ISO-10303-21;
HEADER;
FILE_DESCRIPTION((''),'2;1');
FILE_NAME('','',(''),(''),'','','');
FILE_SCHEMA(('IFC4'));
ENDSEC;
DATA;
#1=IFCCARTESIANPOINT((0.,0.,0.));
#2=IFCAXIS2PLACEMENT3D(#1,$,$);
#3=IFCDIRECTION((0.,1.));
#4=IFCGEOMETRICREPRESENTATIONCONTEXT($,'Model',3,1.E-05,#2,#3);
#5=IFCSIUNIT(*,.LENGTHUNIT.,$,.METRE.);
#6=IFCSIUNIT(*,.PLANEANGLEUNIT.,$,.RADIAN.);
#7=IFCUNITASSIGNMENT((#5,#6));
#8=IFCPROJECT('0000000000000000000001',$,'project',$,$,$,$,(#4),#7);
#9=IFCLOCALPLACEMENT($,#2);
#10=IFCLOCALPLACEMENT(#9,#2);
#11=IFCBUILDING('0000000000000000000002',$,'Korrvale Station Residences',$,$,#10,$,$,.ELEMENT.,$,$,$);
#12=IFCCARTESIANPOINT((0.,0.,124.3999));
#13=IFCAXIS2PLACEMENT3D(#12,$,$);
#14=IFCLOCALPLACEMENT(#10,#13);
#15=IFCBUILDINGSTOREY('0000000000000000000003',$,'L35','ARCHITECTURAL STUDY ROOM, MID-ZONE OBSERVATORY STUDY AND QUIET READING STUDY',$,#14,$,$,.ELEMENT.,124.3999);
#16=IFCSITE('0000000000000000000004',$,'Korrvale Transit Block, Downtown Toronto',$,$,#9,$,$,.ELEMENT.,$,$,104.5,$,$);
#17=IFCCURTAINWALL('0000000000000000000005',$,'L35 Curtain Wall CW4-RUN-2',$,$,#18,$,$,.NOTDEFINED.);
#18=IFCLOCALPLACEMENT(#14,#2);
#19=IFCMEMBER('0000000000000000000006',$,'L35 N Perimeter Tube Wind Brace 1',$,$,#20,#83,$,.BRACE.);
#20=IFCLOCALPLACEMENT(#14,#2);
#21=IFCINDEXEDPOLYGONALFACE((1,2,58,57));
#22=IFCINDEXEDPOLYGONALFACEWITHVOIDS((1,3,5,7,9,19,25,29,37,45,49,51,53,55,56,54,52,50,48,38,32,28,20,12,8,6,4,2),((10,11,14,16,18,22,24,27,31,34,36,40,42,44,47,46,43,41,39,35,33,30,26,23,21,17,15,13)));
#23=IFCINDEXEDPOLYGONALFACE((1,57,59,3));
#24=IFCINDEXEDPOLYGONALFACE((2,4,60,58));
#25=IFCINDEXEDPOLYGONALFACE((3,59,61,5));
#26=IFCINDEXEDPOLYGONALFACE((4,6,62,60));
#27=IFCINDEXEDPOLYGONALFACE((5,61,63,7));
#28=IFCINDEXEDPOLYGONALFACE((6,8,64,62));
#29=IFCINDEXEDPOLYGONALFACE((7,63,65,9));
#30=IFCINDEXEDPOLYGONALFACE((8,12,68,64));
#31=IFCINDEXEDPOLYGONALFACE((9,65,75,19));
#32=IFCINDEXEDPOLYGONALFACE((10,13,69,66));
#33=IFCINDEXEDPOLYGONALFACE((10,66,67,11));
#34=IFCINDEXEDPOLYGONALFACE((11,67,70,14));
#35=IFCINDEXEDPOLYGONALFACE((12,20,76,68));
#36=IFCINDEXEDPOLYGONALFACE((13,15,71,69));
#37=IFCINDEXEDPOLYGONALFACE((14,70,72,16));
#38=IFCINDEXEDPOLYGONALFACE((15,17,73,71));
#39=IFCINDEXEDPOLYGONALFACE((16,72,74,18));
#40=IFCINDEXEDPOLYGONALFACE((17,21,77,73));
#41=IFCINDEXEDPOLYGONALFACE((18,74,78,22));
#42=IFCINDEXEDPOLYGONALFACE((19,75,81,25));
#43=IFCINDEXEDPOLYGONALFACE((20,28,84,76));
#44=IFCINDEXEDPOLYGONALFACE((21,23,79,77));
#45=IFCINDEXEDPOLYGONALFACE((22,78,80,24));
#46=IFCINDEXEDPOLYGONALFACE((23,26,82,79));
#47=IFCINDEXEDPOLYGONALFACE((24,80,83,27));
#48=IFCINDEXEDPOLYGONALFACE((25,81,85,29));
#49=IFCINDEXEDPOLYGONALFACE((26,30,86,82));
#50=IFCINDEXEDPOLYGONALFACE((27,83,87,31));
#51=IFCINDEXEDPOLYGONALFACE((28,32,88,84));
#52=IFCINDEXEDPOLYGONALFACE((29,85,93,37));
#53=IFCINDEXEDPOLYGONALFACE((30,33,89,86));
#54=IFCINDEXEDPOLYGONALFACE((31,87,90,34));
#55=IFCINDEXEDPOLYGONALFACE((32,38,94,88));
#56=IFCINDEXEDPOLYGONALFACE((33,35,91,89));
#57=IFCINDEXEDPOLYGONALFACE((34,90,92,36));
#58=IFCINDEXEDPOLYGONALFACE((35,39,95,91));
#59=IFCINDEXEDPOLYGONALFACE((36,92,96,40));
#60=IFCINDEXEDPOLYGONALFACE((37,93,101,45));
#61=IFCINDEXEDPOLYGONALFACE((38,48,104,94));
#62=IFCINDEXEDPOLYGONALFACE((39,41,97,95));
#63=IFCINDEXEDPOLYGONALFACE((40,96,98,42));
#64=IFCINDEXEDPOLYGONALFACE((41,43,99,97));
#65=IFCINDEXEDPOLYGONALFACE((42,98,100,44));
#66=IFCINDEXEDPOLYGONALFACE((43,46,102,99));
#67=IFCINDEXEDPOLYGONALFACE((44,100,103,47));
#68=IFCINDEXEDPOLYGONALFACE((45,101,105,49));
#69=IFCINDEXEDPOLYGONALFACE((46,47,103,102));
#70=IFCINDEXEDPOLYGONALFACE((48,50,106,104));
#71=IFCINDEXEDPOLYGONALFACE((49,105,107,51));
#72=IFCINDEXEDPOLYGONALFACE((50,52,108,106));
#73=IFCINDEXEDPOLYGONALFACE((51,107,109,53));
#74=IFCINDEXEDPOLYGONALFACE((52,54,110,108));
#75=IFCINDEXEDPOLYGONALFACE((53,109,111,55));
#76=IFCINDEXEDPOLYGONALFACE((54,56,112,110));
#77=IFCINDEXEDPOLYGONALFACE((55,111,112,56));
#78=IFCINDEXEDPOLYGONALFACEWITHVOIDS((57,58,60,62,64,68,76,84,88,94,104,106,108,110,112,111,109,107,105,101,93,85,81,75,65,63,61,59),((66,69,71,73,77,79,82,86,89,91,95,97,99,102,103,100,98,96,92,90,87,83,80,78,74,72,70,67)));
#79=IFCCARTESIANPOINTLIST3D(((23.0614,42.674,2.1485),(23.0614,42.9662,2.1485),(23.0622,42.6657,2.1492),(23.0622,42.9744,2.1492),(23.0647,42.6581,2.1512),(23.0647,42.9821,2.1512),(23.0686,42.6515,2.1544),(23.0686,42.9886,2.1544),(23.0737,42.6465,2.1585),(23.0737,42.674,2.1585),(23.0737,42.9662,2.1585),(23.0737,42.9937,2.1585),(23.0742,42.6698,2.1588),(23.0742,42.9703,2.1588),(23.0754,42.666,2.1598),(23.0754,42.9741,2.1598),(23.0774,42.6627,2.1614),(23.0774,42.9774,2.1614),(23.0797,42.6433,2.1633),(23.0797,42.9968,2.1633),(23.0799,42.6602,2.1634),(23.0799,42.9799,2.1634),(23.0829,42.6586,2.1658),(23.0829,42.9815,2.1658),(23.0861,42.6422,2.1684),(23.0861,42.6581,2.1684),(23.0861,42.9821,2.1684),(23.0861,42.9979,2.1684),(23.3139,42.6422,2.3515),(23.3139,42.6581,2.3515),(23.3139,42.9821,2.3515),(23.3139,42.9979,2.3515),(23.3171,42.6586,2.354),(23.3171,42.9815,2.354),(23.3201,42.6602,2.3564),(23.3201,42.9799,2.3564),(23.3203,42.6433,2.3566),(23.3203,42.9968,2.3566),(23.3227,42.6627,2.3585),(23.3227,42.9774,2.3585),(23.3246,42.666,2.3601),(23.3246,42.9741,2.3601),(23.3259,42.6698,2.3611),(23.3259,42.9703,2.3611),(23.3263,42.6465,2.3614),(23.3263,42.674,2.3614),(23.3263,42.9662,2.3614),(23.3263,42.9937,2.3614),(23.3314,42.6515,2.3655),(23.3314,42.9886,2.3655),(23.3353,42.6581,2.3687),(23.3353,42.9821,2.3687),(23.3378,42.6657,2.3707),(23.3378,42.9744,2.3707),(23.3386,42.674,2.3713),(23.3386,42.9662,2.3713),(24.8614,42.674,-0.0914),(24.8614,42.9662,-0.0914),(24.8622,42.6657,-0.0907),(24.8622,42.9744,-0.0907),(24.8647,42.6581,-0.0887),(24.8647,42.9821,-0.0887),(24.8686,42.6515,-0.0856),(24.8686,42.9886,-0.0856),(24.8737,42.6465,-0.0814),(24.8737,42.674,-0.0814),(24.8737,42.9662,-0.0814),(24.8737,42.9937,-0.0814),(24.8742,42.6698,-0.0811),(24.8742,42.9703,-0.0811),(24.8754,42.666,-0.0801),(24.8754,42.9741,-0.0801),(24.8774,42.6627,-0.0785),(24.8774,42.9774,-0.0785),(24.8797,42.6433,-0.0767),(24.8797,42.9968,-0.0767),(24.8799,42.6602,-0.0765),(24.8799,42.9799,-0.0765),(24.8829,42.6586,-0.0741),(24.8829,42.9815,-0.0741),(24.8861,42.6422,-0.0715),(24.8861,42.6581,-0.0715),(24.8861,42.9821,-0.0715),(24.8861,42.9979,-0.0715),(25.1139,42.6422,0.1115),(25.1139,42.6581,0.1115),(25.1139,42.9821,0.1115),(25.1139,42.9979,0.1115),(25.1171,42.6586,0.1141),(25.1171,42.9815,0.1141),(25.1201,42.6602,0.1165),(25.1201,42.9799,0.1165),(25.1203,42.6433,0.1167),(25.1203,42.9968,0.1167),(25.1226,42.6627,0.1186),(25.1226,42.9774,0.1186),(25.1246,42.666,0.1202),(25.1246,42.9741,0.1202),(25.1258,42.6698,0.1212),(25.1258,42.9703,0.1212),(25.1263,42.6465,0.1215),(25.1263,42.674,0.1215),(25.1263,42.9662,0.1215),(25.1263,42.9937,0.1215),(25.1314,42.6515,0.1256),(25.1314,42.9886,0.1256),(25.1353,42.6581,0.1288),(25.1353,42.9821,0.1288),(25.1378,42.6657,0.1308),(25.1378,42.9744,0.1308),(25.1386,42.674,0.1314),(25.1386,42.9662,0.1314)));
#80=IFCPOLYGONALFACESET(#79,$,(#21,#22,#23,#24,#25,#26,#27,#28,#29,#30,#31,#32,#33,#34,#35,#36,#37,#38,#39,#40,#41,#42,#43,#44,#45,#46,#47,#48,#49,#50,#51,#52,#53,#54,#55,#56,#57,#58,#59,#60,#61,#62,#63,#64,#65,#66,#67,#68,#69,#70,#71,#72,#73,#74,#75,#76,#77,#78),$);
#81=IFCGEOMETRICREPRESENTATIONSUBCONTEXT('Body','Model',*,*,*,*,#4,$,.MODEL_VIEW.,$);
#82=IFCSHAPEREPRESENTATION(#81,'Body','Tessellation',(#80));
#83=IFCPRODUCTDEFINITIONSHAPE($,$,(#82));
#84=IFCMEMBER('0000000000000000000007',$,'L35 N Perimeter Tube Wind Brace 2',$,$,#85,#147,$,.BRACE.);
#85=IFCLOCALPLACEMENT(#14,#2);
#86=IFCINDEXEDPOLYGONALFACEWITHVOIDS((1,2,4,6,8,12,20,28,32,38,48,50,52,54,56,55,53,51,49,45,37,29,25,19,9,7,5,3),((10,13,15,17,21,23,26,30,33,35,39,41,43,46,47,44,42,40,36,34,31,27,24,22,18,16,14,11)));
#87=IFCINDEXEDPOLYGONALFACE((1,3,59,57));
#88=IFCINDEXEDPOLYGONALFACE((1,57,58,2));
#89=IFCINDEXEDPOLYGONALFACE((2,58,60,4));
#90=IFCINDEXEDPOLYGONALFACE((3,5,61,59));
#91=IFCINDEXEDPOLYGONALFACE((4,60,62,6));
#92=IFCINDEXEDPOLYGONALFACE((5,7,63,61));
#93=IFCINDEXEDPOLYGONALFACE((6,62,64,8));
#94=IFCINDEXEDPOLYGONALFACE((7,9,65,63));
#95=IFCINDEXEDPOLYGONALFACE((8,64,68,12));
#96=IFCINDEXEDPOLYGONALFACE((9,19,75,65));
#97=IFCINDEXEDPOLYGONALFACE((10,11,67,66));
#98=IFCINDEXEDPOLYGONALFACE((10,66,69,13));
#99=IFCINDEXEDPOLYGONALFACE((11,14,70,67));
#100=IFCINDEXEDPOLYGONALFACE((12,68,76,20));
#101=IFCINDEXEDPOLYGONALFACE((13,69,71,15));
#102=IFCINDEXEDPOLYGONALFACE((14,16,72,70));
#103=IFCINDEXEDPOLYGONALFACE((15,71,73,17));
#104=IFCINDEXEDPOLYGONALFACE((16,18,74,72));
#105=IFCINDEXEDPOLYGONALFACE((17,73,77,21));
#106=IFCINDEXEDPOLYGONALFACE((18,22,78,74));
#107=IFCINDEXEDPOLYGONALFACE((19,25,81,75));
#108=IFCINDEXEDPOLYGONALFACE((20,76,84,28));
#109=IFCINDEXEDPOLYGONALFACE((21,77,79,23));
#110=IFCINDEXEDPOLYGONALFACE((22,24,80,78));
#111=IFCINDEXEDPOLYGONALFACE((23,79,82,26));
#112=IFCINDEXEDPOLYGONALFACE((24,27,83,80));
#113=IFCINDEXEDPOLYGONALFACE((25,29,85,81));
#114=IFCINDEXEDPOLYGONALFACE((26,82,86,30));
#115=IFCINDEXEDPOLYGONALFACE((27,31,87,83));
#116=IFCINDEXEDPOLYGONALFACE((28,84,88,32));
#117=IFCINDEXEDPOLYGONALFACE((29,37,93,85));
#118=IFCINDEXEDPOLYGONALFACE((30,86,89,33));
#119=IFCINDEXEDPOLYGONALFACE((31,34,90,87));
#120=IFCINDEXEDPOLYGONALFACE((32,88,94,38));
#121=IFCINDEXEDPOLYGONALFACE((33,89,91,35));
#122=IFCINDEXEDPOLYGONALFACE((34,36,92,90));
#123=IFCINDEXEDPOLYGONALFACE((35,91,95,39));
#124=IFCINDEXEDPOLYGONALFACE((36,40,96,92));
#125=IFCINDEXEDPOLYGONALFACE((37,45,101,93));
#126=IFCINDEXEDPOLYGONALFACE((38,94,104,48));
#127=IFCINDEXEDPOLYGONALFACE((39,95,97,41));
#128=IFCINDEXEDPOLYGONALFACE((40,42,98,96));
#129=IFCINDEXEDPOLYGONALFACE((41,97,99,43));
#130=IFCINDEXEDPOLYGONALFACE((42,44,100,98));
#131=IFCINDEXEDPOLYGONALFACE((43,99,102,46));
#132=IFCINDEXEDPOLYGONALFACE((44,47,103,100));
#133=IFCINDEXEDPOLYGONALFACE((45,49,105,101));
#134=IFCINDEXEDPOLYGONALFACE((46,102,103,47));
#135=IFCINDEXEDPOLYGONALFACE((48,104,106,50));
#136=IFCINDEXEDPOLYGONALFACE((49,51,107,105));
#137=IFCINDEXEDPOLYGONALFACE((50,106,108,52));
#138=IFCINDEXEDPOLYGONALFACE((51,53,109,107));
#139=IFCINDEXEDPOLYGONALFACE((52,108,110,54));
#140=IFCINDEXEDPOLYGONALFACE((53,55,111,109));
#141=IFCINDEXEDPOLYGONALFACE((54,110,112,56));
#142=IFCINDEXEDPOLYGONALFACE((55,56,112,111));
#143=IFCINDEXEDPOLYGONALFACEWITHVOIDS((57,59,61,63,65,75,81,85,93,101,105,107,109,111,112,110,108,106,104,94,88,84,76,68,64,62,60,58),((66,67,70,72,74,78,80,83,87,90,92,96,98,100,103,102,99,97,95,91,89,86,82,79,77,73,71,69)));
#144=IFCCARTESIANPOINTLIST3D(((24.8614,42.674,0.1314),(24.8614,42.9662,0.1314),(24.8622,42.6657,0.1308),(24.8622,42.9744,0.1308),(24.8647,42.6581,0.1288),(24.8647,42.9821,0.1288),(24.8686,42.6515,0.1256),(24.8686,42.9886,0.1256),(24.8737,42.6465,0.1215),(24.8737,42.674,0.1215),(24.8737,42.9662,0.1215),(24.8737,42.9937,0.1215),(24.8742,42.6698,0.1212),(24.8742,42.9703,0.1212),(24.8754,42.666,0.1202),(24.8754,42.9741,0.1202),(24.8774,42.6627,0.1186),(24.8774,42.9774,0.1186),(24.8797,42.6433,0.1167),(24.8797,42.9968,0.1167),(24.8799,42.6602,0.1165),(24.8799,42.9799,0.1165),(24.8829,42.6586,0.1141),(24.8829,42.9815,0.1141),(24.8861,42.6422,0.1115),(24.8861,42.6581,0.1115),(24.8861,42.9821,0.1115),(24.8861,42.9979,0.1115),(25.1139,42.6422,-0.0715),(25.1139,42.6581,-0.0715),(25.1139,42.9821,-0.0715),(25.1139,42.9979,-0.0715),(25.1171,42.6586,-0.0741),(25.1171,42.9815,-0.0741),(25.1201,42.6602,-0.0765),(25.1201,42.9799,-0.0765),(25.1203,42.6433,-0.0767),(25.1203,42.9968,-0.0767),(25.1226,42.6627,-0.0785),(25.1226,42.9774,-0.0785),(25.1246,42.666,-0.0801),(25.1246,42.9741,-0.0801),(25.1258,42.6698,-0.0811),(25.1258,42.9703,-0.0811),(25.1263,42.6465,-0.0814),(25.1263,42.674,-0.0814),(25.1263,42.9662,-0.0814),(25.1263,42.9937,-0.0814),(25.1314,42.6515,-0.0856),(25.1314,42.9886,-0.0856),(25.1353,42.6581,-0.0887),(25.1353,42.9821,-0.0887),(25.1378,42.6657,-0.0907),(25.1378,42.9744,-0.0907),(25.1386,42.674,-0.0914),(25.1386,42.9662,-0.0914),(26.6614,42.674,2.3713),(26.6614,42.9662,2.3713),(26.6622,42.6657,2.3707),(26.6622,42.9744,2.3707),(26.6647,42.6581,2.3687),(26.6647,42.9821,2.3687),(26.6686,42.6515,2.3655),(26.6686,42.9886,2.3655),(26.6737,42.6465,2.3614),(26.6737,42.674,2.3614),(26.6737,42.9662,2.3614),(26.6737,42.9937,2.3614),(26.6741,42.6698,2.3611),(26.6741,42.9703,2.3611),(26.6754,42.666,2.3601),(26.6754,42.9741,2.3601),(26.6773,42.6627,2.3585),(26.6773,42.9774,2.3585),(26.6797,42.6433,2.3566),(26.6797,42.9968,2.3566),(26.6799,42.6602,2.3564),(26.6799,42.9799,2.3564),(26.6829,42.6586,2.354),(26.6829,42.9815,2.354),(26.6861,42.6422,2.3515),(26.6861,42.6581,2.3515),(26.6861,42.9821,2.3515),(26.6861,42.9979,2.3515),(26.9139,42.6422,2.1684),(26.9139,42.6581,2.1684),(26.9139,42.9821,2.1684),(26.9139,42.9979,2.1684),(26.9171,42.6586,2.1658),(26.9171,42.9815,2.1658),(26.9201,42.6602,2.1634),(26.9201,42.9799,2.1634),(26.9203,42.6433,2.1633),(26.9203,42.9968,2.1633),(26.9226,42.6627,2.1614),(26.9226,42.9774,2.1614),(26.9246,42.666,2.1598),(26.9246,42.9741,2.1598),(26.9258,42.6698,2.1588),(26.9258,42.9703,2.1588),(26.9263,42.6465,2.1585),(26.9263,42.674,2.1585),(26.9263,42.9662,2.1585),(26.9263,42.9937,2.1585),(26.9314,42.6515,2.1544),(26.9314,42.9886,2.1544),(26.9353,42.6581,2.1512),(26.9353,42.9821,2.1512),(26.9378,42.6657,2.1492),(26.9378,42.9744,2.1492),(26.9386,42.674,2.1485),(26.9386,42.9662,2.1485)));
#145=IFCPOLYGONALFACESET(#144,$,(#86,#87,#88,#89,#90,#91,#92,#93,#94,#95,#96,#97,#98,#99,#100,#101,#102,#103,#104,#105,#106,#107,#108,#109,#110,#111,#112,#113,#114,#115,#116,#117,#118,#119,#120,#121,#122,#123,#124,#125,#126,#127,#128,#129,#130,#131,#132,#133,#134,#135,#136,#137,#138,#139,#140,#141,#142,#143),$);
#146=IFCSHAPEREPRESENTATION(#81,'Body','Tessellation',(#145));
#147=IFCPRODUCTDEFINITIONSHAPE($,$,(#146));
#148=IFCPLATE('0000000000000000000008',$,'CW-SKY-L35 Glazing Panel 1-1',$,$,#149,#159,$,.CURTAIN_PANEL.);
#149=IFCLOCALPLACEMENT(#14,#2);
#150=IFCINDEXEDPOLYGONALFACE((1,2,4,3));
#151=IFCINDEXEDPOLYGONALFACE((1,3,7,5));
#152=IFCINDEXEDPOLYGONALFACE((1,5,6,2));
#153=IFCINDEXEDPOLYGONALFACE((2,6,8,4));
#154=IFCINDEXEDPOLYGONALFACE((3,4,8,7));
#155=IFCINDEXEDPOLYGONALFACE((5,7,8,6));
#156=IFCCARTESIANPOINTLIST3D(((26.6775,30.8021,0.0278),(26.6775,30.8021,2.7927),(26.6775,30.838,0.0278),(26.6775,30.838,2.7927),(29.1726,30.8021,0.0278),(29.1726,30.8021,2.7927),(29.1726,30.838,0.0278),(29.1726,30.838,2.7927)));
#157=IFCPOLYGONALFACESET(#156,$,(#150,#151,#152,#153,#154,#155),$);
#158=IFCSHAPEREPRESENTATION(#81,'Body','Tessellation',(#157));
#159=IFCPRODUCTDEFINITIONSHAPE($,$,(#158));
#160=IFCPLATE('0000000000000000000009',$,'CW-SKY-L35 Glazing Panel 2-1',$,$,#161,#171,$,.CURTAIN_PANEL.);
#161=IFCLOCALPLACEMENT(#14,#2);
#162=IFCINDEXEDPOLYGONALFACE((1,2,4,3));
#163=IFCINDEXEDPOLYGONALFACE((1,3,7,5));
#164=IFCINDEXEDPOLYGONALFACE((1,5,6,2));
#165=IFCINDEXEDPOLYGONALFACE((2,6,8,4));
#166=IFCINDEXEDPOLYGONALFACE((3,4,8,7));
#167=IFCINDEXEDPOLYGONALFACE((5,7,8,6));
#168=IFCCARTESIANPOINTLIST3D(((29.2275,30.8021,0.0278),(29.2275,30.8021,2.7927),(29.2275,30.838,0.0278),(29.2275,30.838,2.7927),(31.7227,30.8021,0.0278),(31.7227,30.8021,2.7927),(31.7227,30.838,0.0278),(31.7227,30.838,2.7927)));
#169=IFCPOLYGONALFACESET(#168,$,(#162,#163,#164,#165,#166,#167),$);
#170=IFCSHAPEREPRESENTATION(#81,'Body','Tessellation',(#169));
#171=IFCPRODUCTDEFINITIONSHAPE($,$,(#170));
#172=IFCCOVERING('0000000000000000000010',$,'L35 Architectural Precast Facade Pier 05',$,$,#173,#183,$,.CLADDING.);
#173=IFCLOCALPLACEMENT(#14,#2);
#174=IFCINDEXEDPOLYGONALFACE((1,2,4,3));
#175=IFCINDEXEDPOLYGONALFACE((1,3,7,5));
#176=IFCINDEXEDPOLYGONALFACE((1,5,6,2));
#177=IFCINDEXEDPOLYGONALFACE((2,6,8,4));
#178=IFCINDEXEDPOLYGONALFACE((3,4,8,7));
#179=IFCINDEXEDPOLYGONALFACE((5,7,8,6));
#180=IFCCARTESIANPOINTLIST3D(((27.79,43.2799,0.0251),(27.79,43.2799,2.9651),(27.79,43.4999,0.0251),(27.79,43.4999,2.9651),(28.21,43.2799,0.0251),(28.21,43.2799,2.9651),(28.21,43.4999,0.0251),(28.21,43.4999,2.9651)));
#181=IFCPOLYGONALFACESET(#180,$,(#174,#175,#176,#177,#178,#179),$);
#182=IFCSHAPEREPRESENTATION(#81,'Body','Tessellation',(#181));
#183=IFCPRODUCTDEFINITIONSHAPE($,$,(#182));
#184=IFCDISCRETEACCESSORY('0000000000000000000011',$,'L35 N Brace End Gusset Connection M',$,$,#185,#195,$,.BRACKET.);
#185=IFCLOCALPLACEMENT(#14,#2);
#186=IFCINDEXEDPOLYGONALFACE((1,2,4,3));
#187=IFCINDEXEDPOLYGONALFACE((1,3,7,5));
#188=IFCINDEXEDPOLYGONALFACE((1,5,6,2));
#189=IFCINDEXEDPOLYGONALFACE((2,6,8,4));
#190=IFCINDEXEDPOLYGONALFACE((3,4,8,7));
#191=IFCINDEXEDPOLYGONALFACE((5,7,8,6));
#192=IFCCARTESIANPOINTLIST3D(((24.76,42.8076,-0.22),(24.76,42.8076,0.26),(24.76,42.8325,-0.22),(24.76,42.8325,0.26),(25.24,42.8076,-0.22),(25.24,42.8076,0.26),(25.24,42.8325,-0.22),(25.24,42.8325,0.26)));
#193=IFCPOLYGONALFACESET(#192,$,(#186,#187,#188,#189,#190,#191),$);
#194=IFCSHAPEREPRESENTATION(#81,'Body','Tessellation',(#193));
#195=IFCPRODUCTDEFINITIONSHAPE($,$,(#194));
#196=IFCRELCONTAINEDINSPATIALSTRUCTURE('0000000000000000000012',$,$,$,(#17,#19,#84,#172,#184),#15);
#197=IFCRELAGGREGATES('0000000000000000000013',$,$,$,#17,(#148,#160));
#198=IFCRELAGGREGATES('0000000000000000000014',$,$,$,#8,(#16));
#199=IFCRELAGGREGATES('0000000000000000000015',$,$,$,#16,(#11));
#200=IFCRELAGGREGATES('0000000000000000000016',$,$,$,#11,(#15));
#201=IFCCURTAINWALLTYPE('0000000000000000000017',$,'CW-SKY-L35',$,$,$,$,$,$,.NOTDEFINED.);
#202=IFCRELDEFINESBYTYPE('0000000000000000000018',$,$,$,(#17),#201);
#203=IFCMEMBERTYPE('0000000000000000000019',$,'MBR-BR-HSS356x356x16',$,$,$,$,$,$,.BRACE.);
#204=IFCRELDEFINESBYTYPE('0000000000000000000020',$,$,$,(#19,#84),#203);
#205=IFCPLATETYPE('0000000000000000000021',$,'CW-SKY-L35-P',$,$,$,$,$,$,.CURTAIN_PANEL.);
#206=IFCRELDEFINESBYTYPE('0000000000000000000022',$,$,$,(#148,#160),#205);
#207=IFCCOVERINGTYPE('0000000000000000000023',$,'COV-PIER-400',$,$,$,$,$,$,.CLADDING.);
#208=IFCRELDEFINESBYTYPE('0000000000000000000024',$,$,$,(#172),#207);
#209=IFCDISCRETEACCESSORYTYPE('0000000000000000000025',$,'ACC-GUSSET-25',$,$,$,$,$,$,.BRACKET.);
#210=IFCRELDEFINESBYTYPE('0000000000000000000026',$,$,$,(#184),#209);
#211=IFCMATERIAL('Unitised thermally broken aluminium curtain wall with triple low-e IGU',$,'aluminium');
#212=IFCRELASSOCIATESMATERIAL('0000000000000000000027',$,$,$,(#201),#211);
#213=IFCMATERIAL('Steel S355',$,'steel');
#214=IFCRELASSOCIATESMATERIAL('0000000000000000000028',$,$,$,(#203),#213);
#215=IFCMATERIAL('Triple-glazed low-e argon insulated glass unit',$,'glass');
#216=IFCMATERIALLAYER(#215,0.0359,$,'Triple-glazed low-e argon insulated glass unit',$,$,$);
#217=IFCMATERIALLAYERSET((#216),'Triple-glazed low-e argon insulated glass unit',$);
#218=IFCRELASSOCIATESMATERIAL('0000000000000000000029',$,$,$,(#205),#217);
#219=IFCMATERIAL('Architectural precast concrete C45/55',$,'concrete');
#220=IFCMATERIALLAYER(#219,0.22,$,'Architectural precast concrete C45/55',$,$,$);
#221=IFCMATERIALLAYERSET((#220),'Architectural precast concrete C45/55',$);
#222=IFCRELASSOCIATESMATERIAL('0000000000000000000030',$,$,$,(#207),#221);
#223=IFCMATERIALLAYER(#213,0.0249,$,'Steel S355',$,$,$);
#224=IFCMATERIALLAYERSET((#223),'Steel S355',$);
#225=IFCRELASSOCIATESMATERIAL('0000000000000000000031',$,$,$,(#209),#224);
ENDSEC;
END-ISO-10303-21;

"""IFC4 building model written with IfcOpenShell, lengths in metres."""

from ifc_helpers import new_model, si_unit, direction, frame, origin, origin_2d, place, context, subcontext, project, spatial, rectangle, hollow_rectangle, extrude, material, layer, layer_set, material_profile, profile_set, type_object, element, aggregate, save


model = new_model("IFC4")

# Units and contexts
model_context = context("Model", 3, precision=1e-05, world=origin(), true_north=direction((0.0, 1.0)))
body_context = subcontext(model_context, "Body", "Model", "MODEL_VIEW")
ifc_project = project(units=[si_unit("LENGTHUNIT", "METRE"), si_unit("PLANEANGLEUNIT", "RADIAN")], contexts=[model_context])

# Site, building, storey
site_placement = place(None, origin())
site = spatial("IfcSite", under=ifc_project, at=site_placement, Name="Korrvale Transit Block, Downtown Toronto", CompositionType="ELEMENT", RefElevation=104.5)
building_placement = place(site_placement, origin())
building = spatial("IfcBuilding", under=site, at=building_placement, Name="Korrvale Station Residences", CompositionType="ELEMENT")
storey_placement = place(building_placement, frame((0.0, 0.0, 124.3999)))
storey = spatial("IfcBuildingStorey", under=building, at=storey_placement, Name="L35", Description="ARCHITECTURAL STUDY ROOM, MID-ZONE OBSERVATORY STUDY AND QUIET READING STUDY", CompositionType="ELEMENT", Elevation=124.3999)

# Curtain wall
ifc_material_1 = material(Name="Unitised thermally broken aluminium curtain wall with triple low-e IGU", Category="aluminium")
curtain_wall_type = type_object("IfcCurtainWallType", Name="CW-SKY-L35", PredefinedType="NOTDEFINED", material=ifc_material_1)
curtain_wall_placement = place(storey_placement, origin())
curtain_wall = element("IfcCurtainWall", 1, at=curtain_wall_placement, inside=storey, type_object=curtain_wall_type, Name="L35 Curtain Wall CW4-RUN-2", PredefinedType="NOTDEFINED")

# Members
ifc_material_2 = material(Name="Steel S355", Category="steel")
ifc_material_profile_1 = material_profile(ifc_material_2, hollow_rectangle(XDim=0.3557, YDim=0.3557, WallThickness=0.0159, InnerFilletRadius=0.0159, OuterFilletRadius=0.0317, at=origin_2d()), Name="HSS356x356x16")
ifc_profile_set_1 = profile_set([ifc_material_profile_1], Name="Steel S355")
member_type_1 = type_object("IfcMemberType", Name="MBR-BR-HSS356x356x16", PredefinedType="BRACE", material=ifc_profile_set_1)
for number, where, z_axis, x_axis, name in (
    (2, (25.0, 42.8201, 0.02), (-0.626403, 0.0, 0.779499), (0.0, -1.0, 0.0), "L35 N Perimeter Tube Wind Brace 1"),
    (3, (25.0, 42.8201, 0.02), (0.626403, 0.0, 0.779499), (0.0, 1.0, 0.0), "L35 N Perimeter Tube Wind Brace 2"),
):
    element("IfcMember", number, at=place(storey_placement, frame(where, z_axis=z_axis, x_axis=x_axis)), inside=storey, type_object=member_type_1, Name=name, PredefinedType="BRACE", context=body_context, shape_type="SweptSolid", body=[
        extrude(hollow_rectangle(XDim=0.3557, YDim=0.3557, WallThickness=0.0159, InnerFilletRadius=0.0159, OuterFilletRadius=0.0317, at=origin_2d()), origin(), (0.0, 0.0, 1.0), 2.8735),
    ])

# Plates
ifc_material_3 = material(Name="Triple-glazed low-e argon insulated glass unit", Category="glass")
ifc_layer_1 = layer(ifc_material_3, 0.0359, Name="Triple-glazed low-e argon insulated glass unit")
ifc_layer_set_1 = layer_set([ifc_layer_1], Name="Triple-glazed low-e argon insulated glass unit")
plate_type = type_object("IfcPlateType", Name="CW-SKY-L35-P", PredefinedType="CURTAIN_PANEL", material=ifc_layer_set_1)
plate_1_placement = place(storey_placement, frame((27.925, 30.8201, 0.0278), z_axis=(0.0, 0.0, 1.0), x_axis=(1.0, 0.0, 0.0)))
plate_1 = element("IfcPlate", 4, at=plate_1_placement, type_object=plate_type, Name="CW-SKY-L35 Glazing Panel 1-1", PredefinedType="CURTAIN_PANEL", context=body_context, shape_type="SweptSolid", body=[
    extrude(rectangle(XDim=2.4951, YDim=0.0359, at=origin_2d()), origin(), (0.0, 0.0, 1.0), 2.7649),
])
plate_2_placement = place(storey_placement, frame((30.4751, 30.8201, 0.0278), z_axis=(0.0, 0.0, 1.0), x_axis=(1.0, 0.0, 0.0)))
plate_2 = element("IfcPlate", 5, at=plate_2_placement, type_object=plate_type, Name="CW-SKY-L35 Glazing Panel 2-1", PredefinedType="CURTAIN_PANEL", context=body_context, shape_type="SweptSolid", body=[
    extrude(rectangle(XDim=2.4951, YDim=0.0359, at=origin_2d()), origin(), (0.0, 0.0, 1.0), 2.7649),
])
aggregate(curtain_wall, [plate_1, plate_2])

# Covering
ifc_material_4 = material(Name="Architectural precast concrete C45/55", Category="concrete")
ifc_layer_2 = layer(ifc_material_4, 0.22, Name="Architectural precast concrete C45/55")
ifc_layer_set_2 = layer_set([ifc_layer_2], Name="Architectural precast concrete C45/55")
covering_type = type_object("IfcCoveringType", Name="COV-PIER-400", PredefinedType="CLADDING", material=ifc_layer_set_2)
covering_placement = place(storey_placement, frame((28.0, 43.3899, 0.0251), z_axis=(0.0, 0.0, 1.0), x_axis=(1.0, 0.0, 0.0)))
element("IfcCovering", 6, at=covering_placement, inside=storey, type_object=covering_type, Name="L35 Architectural Precast Facade Pier 05", PredefinedType="CLADDING", context=body_context, shape_type="SweptSolid", body=[
    extrude(rectangle(XDim=0.4199, YDim=0.22, at=origin_2d()), origin(), (0.0, 0.0, 1.0), 2.9399),
])

# Discrete accessory
ifc_layer_3 = layer(ifc_material_2, 0.0249, Name="Steel S355")
ifc_layer_set_3 = layer_set([ifc_layer_3], Name="Steel S355")
discrete_accessory_type = type_object("IfcDiscreteAccessoryType", Name="ACC-GUSSET-25", PredefinedType="BRACKET", material=ifc_layer_set_3)
for number, where, z_axis, x_axis, name in (
    (7, (25.0, 42.8201, -0.22), (0.0, 0.0, 1.0), (1.0, 0.0, 0.0), "L35 N Brace End Gusset Connection M"),
):
    element("IfcDiscreteAccessory", number, at=place(storey_placement, frame(where, z_axis=z_axis, x_axis=x_axis)), inside=storey, type_object=discrete_accessory_type, Name=name, PredefinedType="BRACKET", context=body_context, shape_type="SweptSolid", body=[
        extrude(rectangle(XDim=0.48, YDim=0.0249, at=origin_2d()), origin(), (0.0, 0.0, 1.0), 0.48),
    ])

save(model, "model.ifc")
